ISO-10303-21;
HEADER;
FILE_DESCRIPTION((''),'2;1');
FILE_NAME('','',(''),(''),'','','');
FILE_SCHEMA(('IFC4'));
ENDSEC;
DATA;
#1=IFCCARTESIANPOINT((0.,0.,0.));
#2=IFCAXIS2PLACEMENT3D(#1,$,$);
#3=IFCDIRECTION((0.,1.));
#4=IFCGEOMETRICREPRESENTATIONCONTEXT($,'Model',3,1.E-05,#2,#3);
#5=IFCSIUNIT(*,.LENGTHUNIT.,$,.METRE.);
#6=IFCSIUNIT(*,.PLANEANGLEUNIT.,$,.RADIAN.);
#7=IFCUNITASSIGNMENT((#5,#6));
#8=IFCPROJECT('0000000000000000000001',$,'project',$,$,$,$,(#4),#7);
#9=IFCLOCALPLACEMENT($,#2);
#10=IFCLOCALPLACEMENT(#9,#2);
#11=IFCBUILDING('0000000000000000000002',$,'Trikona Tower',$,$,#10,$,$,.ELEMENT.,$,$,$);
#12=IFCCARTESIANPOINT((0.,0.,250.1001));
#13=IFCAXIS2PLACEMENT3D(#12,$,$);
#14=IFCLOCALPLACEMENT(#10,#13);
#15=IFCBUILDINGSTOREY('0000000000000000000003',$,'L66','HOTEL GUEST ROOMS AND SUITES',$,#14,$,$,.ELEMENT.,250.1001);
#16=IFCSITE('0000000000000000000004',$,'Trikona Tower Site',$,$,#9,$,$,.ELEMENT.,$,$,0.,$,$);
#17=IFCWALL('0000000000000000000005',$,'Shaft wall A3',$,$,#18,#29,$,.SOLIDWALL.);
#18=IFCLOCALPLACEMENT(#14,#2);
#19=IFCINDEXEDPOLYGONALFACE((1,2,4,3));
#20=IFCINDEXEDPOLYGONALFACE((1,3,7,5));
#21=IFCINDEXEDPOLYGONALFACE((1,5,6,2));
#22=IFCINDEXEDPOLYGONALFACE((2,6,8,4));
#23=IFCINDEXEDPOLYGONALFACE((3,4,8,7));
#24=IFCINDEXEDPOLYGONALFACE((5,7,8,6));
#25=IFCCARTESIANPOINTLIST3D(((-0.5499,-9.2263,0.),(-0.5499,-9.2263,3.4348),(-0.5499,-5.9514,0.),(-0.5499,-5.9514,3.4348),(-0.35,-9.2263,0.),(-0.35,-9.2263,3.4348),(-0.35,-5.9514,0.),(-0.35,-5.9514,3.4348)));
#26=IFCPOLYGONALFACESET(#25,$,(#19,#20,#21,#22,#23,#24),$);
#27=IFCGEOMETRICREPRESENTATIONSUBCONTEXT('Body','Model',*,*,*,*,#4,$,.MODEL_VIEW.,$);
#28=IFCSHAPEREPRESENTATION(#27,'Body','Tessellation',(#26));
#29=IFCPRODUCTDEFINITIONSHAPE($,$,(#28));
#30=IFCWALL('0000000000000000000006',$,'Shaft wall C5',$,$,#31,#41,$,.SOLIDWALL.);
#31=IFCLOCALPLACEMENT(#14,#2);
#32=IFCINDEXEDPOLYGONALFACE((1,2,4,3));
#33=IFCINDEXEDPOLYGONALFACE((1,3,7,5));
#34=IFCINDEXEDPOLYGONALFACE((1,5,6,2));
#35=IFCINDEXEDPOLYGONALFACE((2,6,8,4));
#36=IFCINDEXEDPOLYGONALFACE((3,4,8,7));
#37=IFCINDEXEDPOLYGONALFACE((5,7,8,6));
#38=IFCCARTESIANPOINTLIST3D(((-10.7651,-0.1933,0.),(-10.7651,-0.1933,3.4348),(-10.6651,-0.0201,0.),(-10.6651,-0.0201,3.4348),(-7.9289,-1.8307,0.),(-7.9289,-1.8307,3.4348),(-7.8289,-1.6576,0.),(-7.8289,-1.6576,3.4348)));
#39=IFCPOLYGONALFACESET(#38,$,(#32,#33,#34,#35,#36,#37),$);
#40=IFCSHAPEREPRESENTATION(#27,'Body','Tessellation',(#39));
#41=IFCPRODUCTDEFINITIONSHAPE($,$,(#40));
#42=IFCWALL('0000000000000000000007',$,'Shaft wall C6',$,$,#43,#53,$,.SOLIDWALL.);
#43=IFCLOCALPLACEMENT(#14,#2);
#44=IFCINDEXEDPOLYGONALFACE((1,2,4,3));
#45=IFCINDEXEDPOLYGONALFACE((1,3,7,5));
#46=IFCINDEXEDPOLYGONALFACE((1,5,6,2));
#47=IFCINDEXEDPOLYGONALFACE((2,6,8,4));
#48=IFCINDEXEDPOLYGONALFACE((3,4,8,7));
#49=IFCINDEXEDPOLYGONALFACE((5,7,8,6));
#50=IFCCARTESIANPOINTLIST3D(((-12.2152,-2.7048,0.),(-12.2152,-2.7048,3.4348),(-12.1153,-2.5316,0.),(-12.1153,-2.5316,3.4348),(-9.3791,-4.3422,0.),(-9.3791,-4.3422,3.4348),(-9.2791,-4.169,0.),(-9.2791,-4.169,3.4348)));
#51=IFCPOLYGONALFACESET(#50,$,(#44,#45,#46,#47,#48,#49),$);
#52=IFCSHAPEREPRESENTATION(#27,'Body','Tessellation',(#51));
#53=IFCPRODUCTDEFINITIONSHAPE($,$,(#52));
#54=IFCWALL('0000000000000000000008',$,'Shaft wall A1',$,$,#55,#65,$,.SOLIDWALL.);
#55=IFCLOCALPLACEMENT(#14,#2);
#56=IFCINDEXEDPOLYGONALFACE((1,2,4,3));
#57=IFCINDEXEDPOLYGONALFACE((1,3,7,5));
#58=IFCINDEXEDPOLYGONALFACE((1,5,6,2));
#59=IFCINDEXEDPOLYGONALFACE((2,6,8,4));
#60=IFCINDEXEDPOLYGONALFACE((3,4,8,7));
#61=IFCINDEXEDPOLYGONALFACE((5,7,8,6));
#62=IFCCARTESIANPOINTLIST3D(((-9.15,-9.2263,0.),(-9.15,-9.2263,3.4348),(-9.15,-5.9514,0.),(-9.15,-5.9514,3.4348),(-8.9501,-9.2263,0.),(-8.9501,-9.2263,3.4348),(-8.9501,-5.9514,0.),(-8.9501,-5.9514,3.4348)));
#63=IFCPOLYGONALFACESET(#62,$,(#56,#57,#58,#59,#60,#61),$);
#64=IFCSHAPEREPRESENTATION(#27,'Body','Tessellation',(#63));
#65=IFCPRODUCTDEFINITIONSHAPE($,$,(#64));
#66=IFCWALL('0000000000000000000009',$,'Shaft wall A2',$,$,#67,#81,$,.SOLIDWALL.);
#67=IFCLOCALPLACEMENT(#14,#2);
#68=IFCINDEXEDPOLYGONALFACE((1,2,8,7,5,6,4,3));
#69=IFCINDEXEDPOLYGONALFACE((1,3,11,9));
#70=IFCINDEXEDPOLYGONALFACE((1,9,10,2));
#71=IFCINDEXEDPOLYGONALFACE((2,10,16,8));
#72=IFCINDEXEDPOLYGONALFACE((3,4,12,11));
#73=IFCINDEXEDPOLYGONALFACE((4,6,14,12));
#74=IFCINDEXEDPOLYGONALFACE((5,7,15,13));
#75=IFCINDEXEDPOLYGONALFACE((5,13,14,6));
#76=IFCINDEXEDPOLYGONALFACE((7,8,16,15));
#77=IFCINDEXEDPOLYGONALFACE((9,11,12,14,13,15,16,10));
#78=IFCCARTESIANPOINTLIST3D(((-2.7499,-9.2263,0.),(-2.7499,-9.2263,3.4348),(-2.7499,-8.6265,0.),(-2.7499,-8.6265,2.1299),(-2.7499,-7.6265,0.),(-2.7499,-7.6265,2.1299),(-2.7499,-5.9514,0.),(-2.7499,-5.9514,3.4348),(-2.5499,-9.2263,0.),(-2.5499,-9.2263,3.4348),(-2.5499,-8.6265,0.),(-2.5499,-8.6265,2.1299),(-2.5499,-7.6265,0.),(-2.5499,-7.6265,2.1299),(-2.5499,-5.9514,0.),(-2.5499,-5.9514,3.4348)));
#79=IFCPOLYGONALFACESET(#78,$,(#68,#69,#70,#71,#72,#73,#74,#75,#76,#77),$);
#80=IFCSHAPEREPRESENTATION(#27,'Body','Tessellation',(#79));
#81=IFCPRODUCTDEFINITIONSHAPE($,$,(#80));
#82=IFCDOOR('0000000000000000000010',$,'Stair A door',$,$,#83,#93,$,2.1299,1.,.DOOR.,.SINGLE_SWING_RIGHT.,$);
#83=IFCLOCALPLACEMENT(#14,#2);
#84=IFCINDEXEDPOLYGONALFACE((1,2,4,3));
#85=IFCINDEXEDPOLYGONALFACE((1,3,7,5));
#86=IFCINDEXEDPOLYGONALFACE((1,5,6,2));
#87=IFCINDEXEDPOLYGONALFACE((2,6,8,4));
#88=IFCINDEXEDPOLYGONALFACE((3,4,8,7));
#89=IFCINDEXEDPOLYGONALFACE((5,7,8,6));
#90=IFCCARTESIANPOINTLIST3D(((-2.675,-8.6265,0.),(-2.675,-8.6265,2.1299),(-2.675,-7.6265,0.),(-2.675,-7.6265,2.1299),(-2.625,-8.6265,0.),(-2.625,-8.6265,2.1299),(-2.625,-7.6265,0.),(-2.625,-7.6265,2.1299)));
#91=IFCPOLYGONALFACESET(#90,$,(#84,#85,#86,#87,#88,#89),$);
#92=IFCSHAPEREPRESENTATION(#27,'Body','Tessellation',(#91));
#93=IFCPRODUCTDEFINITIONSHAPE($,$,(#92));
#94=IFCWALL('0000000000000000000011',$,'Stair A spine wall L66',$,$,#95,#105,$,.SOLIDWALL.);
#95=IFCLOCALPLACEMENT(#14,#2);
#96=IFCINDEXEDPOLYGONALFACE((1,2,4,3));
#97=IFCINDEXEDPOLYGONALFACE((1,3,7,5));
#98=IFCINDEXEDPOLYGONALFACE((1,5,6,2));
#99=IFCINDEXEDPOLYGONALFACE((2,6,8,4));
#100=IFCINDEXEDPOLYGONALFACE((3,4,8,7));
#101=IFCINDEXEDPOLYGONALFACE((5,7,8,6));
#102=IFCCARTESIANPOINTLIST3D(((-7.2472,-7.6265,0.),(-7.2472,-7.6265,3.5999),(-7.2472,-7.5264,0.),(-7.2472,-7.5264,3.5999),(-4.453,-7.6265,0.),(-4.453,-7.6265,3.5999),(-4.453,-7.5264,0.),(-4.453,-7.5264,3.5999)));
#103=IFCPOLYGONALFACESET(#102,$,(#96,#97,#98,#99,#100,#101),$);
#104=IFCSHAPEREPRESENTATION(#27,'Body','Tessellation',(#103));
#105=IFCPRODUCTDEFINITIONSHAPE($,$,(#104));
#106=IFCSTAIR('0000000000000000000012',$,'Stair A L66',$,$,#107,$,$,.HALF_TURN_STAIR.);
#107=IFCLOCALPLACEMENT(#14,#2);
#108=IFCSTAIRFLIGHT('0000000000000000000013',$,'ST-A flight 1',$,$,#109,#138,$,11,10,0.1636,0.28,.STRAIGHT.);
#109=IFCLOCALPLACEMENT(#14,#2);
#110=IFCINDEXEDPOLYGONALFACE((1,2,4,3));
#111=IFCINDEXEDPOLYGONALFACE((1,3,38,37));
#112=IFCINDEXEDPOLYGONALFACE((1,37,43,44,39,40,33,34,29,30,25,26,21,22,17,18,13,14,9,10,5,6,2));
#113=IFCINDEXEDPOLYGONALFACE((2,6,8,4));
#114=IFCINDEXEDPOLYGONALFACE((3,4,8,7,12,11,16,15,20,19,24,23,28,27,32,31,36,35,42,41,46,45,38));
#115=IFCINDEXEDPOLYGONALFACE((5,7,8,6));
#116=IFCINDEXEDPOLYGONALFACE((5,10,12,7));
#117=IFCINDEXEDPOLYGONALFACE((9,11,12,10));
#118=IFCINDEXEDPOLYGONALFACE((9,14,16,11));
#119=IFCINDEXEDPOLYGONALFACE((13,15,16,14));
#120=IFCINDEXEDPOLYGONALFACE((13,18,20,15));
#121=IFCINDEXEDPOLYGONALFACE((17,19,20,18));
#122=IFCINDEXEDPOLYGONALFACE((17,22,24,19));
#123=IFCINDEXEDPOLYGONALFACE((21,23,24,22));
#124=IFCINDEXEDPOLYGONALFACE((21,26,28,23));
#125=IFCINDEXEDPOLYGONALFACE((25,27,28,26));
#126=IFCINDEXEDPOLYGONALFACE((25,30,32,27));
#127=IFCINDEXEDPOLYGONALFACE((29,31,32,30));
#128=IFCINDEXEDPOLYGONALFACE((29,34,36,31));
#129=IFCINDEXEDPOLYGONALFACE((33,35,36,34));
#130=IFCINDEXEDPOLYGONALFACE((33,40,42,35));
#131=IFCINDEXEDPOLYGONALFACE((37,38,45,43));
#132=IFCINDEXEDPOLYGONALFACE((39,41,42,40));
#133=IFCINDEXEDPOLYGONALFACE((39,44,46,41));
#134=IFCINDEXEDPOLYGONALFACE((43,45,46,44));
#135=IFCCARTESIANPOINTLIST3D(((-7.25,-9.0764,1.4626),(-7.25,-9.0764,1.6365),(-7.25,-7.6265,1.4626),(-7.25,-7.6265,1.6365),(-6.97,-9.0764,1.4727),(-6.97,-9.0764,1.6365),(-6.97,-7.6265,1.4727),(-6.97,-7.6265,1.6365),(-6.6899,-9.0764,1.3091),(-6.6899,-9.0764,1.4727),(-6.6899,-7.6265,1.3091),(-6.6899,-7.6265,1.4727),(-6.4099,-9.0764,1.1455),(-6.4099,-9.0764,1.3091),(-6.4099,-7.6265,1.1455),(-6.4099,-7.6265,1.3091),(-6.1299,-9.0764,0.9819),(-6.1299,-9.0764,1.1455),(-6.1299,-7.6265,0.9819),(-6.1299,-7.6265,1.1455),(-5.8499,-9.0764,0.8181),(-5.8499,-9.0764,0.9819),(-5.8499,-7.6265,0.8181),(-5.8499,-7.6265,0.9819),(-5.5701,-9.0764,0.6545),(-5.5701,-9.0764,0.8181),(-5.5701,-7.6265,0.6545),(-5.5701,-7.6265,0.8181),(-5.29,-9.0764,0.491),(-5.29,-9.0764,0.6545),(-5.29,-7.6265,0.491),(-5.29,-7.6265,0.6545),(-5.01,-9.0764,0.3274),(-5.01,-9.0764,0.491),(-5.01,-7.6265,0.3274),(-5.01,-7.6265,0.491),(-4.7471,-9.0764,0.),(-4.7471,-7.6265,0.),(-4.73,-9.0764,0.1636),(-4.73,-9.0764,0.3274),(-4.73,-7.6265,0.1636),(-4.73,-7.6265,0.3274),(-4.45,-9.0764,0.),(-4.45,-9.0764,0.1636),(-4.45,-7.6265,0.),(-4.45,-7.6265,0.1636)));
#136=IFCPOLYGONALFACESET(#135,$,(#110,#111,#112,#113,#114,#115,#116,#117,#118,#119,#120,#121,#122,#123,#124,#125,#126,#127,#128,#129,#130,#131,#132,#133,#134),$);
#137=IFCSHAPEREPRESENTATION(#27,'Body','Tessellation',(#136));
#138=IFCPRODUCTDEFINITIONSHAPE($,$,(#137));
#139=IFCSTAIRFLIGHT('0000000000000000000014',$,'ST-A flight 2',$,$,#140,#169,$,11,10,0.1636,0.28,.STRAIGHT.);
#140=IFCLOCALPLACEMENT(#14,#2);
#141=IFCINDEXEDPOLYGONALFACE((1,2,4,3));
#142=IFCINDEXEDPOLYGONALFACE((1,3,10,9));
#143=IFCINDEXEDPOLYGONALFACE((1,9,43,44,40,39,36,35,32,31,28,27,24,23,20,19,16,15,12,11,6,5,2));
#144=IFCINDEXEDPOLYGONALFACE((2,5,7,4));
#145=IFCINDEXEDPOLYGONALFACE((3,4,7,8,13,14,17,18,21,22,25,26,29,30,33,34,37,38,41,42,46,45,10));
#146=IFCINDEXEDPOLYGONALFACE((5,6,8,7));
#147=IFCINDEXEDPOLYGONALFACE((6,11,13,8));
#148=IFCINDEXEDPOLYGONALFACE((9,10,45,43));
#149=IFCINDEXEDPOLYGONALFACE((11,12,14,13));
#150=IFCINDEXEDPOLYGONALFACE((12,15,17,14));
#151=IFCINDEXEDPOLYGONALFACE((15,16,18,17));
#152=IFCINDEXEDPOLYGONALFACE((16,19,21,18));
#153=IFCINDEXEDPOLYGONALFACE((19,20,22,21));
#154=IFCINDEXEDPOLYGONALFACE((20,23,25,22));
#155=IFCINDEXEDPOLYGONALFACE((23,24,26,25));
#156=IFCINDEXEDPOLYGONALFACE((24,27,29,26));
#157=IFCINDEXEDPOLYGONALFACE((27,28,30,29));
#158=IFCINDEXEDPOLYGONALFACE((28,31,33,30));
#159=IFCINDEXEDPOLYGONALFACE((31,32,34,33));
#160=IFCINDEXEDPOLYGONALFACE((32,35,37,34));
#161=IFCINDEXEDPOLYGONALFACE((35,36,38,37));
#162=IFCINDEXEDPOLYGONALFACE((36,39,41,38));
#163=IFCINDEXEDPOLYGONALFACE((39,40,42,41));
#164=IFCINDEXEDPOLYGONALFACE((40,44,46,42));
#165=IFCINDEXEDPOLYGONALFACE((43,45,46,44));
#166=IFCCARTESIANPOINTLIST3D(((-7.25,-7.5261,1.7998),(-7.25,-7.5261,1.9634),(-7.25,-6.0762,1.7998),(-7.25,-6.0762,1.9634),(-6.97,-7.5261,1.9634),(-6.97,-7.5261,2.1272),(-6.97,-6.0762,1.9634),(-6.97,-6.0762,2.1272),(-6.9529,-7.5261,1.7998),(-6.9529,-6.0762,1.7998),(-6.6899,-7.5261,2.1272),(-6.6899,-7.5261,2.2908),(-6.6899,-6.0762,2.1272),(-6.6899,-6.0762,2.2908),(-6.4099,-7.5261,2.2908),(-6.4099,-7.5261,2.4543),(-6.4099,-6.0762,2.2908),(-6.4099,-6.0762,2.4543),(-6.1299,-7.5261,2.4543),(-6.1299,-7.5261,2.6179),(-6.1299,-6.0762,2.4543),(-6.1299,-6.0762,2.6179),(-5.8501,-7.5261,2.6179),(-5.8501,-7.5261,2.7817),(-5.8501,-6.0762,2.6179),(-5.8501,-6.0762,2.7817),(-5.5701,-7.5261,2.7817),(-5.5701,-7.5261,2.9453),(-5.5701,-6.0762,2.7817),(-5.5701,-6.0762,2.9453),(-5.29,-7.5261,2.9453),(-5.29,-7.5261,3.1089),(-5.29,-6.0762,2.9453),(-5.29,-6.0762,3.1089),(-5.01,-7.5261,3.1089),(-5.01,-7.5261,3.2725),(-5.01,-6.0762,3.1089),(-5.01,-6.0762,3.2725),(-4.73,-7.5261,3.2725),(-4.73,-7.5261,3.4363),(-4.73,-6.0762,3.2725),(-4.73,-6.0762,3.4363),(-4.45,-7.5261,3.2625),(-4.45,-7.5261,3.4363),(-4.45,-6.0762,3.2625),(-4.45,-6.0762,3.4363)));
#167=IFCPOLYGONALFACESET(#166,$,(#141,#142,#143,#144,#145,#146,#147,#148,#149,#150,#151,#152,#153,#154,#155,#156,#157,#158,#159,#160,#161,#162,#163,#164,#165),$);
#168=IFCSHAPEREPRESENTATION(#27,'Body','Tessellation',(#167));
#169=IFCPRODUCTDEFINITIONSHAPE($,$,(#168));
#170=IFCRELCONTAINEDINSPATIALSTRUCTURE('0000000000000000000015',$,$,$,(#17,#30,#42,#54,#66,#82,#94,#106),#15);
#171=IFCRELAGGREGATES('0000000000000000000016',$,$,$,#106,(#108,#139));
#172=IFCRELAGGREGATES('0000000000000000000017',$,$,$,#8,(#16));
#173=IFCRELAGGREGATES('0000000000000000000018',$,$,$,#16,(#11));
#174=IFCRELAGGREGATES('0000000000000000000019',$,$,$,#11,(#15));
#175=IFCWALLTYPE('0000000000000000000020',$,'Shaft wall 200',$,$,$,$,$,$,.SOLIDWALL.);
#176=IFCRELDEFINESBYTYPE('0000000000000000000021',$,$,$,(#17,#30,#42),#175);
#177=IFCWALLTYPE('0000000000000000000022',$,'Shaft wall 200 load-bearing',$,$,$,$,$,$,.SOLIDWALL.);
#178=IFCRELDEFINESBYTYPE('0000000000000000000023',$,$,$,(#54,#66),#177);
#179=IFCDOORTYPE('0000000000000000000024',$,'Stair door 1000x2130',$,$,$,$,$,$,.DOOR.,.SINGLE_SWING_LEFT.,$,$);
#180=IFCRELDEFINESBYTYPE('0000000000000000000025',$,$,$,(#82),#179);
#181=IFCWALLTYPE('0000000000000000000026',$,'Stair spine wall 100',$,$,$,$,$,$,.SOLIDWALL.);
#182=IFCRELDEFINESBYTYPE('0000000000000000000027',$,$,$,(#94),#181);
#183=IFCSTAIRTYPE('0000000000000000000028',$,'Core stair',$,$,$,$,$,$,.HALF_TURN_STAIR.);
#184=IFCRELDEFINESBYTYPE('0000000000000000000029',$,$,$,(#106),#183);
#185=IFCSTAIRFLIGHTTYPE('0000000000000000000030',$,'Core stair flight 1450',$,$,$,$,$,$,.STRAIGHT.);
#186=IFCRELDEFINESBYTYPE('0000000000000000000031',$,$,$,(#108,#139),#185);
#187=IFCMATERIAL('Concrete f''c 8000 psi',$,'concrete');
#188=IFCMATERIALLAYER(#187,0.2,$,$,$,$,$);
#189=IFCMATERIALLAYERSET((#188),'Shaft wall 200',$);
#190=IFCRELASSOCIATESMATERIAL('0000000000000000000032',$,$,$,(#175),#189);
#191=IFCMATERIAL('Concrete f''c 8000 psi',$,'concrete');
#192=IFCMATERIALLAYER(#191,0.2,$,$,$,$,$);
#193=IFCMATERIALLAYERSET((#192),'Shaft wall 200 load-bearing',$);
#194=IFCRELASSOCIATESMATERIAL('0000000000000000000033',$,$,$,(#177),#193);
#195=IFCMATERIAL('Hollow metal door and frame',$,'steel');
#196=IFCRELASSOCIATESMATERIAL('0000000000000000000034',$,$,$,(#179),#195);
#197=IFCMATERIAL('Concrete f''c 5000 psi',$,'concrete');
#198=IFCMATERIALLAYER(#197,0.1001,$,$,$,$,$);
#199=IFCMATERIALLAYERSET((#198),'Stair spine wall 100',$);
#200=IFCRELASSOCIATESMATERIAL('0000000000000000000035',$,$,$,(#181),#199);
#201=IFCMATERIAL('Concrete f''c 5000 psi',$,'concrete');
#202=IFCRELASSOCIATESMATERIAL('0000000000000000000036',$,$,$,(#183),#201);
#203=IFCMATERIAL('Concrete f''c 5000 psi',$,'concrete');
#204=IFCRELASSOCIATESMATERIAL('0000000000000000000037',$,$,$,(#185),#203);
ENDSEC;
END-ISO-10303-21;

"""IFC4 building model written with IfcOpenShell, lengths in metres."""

from ifc_helpers import new_model, si_unit, direction, frame, frame_2d, origin, place, context, subcontext, project, spatial, polyline, rectangle, outline, extrude, material, layer, layer_set, type_object, element, fill, aggregate, save


model = new_model("IFC4")

# Units and contexts
model_context = context("Model", 3, precision=1e-05, world=origin(), true_north=direction((0.0, 1.0)))
body_context = subcontext(model_context, "Body", "Model", "MODEL_VIEW")
ifc_project = project(units=[si_unit("LENGTHUNIT", "METRE"), si_unit("PLANEANGLEUNIT", "RADIAN")], contexts=[model_context])

# Site, building, storey
site_placement = place(None, origin())
site = spatial("IfcSite", under=ifc_project, at=site_placement, Name="Trikona Tower Site", CompositionType="ELEMENT", RefElevation=0.0)
building_placement = place(site_placement, origin())
building = spatial("IfcBuilding", under=site, at=building_placement, Name="Trikona Tower", CompositionType="ELEMENT")
storey_placement = place(building_placement, frame((0.0, 0.0, 250.1001)))
storey = spatial("IfcBuildingStorey", under=building, at=storey_placement, Name="L66", Description="HOTEL GUEST ROOMS AND SUITES", CompositionType="ELEMENT", Elevation=250.1001)

# Walls
ifc_material_1 = material(Name="Concrete f'c 8000 psi", Category="concrete")
ifc_layer_1 = layer(ifc_material_1, 0.2)
ifc_layer_set_1 = layer_set([ifc_layer_1], Name="Shaft wall 200")
wall_type_1 = type_object("IfcWallType", Name="Shaft wall 200", PredefinedType="SOLIDWALL", material=ifc_layer_set_1)
for number, where, z_axis, x_axis, name in (
    (1, (-0.45, -5.9514, 0.0), (0.0, 0.0, 1.0), (0.0, -1.0, 0.0), "Shaft wall A3"),
    (2, (-7.8789, -1.7441, 0.0), (0.0, 0.0, 1.0), (-0.866028, 0.499996, 0.0), "Shaft wall C5"),
    (3, (-9.3291, -4.2556, 0.0), (0.0, 0.0, 1.0), (-0.866028, 0.499996, 0.0), "Shaft wall C6"),
):
    element("IfcWall", number, at=place(storey_placement, frame(where, z_axis=z_axis, x_axis=x_axis)), inside=storey, type_object=wall_type_1, Name=name, PredefinedType="SOLIDWALL", context=body_context, shape_type="SweptSolid", body=[
        extrude(rectangle(XDim=3.2749, YDim=0.2, at=frame_2d((1.6375, 0.0))), origin(), (0.0, 0.0, 1.0), 3.4348),
    ])
ifc_material_2 = material(Name="Concrete f'c 8000 psi", Category="concrete")
ifc_layer_2 = layer(ifc_material_2, 0.2)
ifc_layer_set_2 = layer_set([ifc_layer_2], Name="Shaft wall 200 load-bearing")
wall_type_2 = type_object("IfcWallType", Name="Shaft wall 200 load-bearing", PredefinedType="SOLIDWALL", material=ifc_layer_set_2)
wall_1_placement = place(storey_placement, frame((-9.05, -5.9514, 0.0), z_axis=(0.0, 0.0, 1.0), x_axis=(0.0, -1.0, 0.0)))
element("IfcWall", 4, at=wall_1_placement, inside=storey, type_object=wall_type_2, Name="Shaft wall A1", PredefinedType="SOLIDWALL", context=body_context, shape_type="SweptSolid", body=[
    extrude(rectangle(XDim=3.2749, YDim=0.2, at=frame_2d((1.6375, 0.0))), origin(), (0.0, 0.0, 1.0), 3.4348),
])

# Wall, opening, door
wall_2_placement = place(storey_placement, frame((-2.6499, -5.9514, 0.0), z_axis=(0.0, 0.0, 1.0), x_axis=(0.0, -1.0, 0.0)))
wall_2 = element("IfcWall", 5, at=wall_2_placement, inside=storey, type_object=wall_type_2, Name="Shaft wall A2", PredefinedType="SOLIDWALL", context=body_context, shape_type="SweptSolid", body=[
    extrude(rectangle(XDim=3.2749, YDim=0.2, at=frame_2d((1.6375, 0.0))), origin(), (0.0, 0.0, 1.0), 3.4348),
])
opening_1_placement = place(wall_2_placement, frame((1.675, 0.0, 0.0)))
opening_1 = element("IfcOpeningElement", 6, at=opening_1_placement, cuts=wall_2, PredefinedType="OPENING", context=body_context, shape_type="SweptSolid", body=[
    extrude(rectangle(XDim=1.0, YDim=2.1299, at=frame_2d((0.5, 1.0649))), frame((0.0, 0.1099, 0.0), z_axis=(0.0, -1.0, 0.0), x_axis=(1.0, 0.0, 0.0)), (0.0, 0.0, 1.0), 0.22),
])
ifc_material_3 = material(Name="Hollow metal door and frame", Category="steel")
door_type_1 = type_object("IfcDoorType", Name="Stair door 1000x2130", OperationType="SINGLE_SWING_LEFT", PredefinedType="DOOR", material=ifc_material_3)
door_1_placement = place(opening_1_placement, origin())
door_1 = element("IfcDoor", 7, at=door_1_placement, inside=storey, type_object=door_type_1, Name="Stair A door", OperationType="SINGLE_SWING_RIGHT", OverallHeight=2.1299, OverallWidth=1.0, PredefinedType="DOOR", context=body_context, shape_type="SweptSolid", body=[
    extrude(rectangle(XDim=1.0, YDim=2.1299, at=frame_2d((0.5, 1.0649))), frame((0.0, 0.0249, 0.0), z_axis=(0.0, -1.0, 0.0), x_axis=(1.0, 0.0, 0.0)), (0.0, 0.0, 1.0), 0.05),
])
fill(opening_1, door_1)

# Wall
ifc_material_4 = material(Name="Concrete f'c 5000 psi", Category="concrete")
ifc_layer_3 = layer(ifc_material_4, 0.1001)
ifc_layer_set_3 = layer_set([ifc_layer_3], Name="Stair spine wall 100")
wall_type_3 = type_object("IfcWallType", Name="Stair spine wall 100", PredefinedType="SOLIDWALL", material=ifc_layer_set_3)
wall_3_placement = place(storey_placement, frame((-7.2471, -7.5764, 0.0), z_axis=(0.0, 0.0, 1.0), x_axis=(1.0, 0.0, 0.0)))
element("IfcWall", 8, at=wall_3_placement, inside=storey, type_object=wall_type_3, Name="Stair A spine wall L66", PredefinedType="SOLIDWALL", context=body_context, shape_type="SweptSolid", body=[
    extrude(rectangle(XDim=2.7942, YDim=0.1001, at=frame_2d((1.397, 0.0))), origin(), (0.0, 0.0, 1.0), 3.5999),
])

# Stair, stair flights
ifc_material_5 = material(Name="Concrete f'c 5000 psi", Category="concrete")
stair_type = type_object("IfcStairType", Name="Core stair", PredefinedType="HALF_TURN_STAIR", material=ifc_material_5)
stair_placement = place(storey_placement, origin())
stair = element("IfcStair", 9, at=stair_placement, inside=storey, type_object=stair_type, Name="Stair A L66", PredefinedType="HALF_TURN_STAIR")
ifc_material_6 = material(Name="Concrete f'c 5000 psi", Category="concrete")
stair_flight_type = type_object("IfcStairFlightType", Name="Core stair flight 1450", PredefinedType="STRAIGHT", material=ifc_material_6)
stair_flight_1_placement = place(storey_placement, frame((-4.45, -8.3513, 0.0), z_axis=(0.0, 0.0, 1.0), x_axis=(-1.0, 0.0, 0.0)))
stair_flight_1 = element("IfcStairFlight", 10, at=stair_flight_1_placement, type_object=stair_flight_type, Name="ST-A flight 1", NumberOfRisers=11, NumberOfTreads=10, PredefinedType="STRAIGHT", RiserHeight=0.1636, TreadLength=0.28, context=body_context, shape_type="SweptSolid", body=[
    extrude(outline(polyline([(0.0, 0.0), (0.0, 0.1636), (0.28, 0.1636), (0.28, 0.3274), (0.5601, 0.3274), (0.5601, 0.491), (0.8401, 0.491), (0.8401, 0.6545), (1.1201, 0.6545), (1.1201, 0.8181), (1.3999, 0.8181), (1.3999, 0.9819), (1.6799, 0.9819), (1.6799, 1.1455), (1.96, 1.1455), (1.96, 1.3091), (2.24, 1.3091), (2.24, 1.4727), (2.52, 1.4727), (2.52, 1.6365), (2.8, 1.6365), (2.8, 1.8), (2.8, 1.4626), (0.2971, 0.0), (0.0, 0.0)])), frame((0.0, 0.7251, 0.0), z_axis=(0.0, -1.0, 0.0), x_axis=(1.0, 0.0, 0.0)), (0.0, 0.0, 1.0), 1.45),
])
stair_flight_2_placement = place(storey_placement, frame((-7.25, -6.8013, 1.7998), z_axis=(0.0, 0.0, 1.0), x_axis=(1.0, 0.0, 0.0)))
stair_flight_2 = element("IfcStairFlight", 11, at=stair_flight_2_placement, type_object=stair_flight_type, Name="ST-A flight 2", NumberOfRisers=11, NumberOfTreads=10, PredefinedType="STRAIGHT", RiserHeight=0.1636, TreadLength=0.28, context=body_context, shape_type="SweptSolid", body=[
    extrude(outline(polyline([(0.0, 0.0), (0.0, 0.1636), (0.28, 0.1636), (0.28, 0.3274), (0.5601, 0.3274), (0.5601, 0.491), (0.8401, 0.491), (0.8401, 0.6545), (1.1201, 0.6545), (1.1201, 0.8181), (1.3999, 0.8181), (1.3999, 0.9819), (1.6799, 0.9819), (1.6799, 1.1455), (1.96, 1.1455), (1.96, 1.3091), (2.24, 1.3091), (2.24, 1.4727), (2.52, 1.4727), (2.52, 1.6365), (2.8, 1.6365), (2.8, 1.8), (2.8, 1.4626), (0.2971, 0.0), (0.0, 0.0)])), frame((0.0, 0.7251, 0.0), z_axis=(0.0, -1.0, 0.0), x_axis=(1.0, 0.0, 0.0)), (0.0, 0.0, 1.0), 1.45),
])
aggregate(stair, [stair_flight_1, stair_flight_2])

save(model, "model.ifc")
